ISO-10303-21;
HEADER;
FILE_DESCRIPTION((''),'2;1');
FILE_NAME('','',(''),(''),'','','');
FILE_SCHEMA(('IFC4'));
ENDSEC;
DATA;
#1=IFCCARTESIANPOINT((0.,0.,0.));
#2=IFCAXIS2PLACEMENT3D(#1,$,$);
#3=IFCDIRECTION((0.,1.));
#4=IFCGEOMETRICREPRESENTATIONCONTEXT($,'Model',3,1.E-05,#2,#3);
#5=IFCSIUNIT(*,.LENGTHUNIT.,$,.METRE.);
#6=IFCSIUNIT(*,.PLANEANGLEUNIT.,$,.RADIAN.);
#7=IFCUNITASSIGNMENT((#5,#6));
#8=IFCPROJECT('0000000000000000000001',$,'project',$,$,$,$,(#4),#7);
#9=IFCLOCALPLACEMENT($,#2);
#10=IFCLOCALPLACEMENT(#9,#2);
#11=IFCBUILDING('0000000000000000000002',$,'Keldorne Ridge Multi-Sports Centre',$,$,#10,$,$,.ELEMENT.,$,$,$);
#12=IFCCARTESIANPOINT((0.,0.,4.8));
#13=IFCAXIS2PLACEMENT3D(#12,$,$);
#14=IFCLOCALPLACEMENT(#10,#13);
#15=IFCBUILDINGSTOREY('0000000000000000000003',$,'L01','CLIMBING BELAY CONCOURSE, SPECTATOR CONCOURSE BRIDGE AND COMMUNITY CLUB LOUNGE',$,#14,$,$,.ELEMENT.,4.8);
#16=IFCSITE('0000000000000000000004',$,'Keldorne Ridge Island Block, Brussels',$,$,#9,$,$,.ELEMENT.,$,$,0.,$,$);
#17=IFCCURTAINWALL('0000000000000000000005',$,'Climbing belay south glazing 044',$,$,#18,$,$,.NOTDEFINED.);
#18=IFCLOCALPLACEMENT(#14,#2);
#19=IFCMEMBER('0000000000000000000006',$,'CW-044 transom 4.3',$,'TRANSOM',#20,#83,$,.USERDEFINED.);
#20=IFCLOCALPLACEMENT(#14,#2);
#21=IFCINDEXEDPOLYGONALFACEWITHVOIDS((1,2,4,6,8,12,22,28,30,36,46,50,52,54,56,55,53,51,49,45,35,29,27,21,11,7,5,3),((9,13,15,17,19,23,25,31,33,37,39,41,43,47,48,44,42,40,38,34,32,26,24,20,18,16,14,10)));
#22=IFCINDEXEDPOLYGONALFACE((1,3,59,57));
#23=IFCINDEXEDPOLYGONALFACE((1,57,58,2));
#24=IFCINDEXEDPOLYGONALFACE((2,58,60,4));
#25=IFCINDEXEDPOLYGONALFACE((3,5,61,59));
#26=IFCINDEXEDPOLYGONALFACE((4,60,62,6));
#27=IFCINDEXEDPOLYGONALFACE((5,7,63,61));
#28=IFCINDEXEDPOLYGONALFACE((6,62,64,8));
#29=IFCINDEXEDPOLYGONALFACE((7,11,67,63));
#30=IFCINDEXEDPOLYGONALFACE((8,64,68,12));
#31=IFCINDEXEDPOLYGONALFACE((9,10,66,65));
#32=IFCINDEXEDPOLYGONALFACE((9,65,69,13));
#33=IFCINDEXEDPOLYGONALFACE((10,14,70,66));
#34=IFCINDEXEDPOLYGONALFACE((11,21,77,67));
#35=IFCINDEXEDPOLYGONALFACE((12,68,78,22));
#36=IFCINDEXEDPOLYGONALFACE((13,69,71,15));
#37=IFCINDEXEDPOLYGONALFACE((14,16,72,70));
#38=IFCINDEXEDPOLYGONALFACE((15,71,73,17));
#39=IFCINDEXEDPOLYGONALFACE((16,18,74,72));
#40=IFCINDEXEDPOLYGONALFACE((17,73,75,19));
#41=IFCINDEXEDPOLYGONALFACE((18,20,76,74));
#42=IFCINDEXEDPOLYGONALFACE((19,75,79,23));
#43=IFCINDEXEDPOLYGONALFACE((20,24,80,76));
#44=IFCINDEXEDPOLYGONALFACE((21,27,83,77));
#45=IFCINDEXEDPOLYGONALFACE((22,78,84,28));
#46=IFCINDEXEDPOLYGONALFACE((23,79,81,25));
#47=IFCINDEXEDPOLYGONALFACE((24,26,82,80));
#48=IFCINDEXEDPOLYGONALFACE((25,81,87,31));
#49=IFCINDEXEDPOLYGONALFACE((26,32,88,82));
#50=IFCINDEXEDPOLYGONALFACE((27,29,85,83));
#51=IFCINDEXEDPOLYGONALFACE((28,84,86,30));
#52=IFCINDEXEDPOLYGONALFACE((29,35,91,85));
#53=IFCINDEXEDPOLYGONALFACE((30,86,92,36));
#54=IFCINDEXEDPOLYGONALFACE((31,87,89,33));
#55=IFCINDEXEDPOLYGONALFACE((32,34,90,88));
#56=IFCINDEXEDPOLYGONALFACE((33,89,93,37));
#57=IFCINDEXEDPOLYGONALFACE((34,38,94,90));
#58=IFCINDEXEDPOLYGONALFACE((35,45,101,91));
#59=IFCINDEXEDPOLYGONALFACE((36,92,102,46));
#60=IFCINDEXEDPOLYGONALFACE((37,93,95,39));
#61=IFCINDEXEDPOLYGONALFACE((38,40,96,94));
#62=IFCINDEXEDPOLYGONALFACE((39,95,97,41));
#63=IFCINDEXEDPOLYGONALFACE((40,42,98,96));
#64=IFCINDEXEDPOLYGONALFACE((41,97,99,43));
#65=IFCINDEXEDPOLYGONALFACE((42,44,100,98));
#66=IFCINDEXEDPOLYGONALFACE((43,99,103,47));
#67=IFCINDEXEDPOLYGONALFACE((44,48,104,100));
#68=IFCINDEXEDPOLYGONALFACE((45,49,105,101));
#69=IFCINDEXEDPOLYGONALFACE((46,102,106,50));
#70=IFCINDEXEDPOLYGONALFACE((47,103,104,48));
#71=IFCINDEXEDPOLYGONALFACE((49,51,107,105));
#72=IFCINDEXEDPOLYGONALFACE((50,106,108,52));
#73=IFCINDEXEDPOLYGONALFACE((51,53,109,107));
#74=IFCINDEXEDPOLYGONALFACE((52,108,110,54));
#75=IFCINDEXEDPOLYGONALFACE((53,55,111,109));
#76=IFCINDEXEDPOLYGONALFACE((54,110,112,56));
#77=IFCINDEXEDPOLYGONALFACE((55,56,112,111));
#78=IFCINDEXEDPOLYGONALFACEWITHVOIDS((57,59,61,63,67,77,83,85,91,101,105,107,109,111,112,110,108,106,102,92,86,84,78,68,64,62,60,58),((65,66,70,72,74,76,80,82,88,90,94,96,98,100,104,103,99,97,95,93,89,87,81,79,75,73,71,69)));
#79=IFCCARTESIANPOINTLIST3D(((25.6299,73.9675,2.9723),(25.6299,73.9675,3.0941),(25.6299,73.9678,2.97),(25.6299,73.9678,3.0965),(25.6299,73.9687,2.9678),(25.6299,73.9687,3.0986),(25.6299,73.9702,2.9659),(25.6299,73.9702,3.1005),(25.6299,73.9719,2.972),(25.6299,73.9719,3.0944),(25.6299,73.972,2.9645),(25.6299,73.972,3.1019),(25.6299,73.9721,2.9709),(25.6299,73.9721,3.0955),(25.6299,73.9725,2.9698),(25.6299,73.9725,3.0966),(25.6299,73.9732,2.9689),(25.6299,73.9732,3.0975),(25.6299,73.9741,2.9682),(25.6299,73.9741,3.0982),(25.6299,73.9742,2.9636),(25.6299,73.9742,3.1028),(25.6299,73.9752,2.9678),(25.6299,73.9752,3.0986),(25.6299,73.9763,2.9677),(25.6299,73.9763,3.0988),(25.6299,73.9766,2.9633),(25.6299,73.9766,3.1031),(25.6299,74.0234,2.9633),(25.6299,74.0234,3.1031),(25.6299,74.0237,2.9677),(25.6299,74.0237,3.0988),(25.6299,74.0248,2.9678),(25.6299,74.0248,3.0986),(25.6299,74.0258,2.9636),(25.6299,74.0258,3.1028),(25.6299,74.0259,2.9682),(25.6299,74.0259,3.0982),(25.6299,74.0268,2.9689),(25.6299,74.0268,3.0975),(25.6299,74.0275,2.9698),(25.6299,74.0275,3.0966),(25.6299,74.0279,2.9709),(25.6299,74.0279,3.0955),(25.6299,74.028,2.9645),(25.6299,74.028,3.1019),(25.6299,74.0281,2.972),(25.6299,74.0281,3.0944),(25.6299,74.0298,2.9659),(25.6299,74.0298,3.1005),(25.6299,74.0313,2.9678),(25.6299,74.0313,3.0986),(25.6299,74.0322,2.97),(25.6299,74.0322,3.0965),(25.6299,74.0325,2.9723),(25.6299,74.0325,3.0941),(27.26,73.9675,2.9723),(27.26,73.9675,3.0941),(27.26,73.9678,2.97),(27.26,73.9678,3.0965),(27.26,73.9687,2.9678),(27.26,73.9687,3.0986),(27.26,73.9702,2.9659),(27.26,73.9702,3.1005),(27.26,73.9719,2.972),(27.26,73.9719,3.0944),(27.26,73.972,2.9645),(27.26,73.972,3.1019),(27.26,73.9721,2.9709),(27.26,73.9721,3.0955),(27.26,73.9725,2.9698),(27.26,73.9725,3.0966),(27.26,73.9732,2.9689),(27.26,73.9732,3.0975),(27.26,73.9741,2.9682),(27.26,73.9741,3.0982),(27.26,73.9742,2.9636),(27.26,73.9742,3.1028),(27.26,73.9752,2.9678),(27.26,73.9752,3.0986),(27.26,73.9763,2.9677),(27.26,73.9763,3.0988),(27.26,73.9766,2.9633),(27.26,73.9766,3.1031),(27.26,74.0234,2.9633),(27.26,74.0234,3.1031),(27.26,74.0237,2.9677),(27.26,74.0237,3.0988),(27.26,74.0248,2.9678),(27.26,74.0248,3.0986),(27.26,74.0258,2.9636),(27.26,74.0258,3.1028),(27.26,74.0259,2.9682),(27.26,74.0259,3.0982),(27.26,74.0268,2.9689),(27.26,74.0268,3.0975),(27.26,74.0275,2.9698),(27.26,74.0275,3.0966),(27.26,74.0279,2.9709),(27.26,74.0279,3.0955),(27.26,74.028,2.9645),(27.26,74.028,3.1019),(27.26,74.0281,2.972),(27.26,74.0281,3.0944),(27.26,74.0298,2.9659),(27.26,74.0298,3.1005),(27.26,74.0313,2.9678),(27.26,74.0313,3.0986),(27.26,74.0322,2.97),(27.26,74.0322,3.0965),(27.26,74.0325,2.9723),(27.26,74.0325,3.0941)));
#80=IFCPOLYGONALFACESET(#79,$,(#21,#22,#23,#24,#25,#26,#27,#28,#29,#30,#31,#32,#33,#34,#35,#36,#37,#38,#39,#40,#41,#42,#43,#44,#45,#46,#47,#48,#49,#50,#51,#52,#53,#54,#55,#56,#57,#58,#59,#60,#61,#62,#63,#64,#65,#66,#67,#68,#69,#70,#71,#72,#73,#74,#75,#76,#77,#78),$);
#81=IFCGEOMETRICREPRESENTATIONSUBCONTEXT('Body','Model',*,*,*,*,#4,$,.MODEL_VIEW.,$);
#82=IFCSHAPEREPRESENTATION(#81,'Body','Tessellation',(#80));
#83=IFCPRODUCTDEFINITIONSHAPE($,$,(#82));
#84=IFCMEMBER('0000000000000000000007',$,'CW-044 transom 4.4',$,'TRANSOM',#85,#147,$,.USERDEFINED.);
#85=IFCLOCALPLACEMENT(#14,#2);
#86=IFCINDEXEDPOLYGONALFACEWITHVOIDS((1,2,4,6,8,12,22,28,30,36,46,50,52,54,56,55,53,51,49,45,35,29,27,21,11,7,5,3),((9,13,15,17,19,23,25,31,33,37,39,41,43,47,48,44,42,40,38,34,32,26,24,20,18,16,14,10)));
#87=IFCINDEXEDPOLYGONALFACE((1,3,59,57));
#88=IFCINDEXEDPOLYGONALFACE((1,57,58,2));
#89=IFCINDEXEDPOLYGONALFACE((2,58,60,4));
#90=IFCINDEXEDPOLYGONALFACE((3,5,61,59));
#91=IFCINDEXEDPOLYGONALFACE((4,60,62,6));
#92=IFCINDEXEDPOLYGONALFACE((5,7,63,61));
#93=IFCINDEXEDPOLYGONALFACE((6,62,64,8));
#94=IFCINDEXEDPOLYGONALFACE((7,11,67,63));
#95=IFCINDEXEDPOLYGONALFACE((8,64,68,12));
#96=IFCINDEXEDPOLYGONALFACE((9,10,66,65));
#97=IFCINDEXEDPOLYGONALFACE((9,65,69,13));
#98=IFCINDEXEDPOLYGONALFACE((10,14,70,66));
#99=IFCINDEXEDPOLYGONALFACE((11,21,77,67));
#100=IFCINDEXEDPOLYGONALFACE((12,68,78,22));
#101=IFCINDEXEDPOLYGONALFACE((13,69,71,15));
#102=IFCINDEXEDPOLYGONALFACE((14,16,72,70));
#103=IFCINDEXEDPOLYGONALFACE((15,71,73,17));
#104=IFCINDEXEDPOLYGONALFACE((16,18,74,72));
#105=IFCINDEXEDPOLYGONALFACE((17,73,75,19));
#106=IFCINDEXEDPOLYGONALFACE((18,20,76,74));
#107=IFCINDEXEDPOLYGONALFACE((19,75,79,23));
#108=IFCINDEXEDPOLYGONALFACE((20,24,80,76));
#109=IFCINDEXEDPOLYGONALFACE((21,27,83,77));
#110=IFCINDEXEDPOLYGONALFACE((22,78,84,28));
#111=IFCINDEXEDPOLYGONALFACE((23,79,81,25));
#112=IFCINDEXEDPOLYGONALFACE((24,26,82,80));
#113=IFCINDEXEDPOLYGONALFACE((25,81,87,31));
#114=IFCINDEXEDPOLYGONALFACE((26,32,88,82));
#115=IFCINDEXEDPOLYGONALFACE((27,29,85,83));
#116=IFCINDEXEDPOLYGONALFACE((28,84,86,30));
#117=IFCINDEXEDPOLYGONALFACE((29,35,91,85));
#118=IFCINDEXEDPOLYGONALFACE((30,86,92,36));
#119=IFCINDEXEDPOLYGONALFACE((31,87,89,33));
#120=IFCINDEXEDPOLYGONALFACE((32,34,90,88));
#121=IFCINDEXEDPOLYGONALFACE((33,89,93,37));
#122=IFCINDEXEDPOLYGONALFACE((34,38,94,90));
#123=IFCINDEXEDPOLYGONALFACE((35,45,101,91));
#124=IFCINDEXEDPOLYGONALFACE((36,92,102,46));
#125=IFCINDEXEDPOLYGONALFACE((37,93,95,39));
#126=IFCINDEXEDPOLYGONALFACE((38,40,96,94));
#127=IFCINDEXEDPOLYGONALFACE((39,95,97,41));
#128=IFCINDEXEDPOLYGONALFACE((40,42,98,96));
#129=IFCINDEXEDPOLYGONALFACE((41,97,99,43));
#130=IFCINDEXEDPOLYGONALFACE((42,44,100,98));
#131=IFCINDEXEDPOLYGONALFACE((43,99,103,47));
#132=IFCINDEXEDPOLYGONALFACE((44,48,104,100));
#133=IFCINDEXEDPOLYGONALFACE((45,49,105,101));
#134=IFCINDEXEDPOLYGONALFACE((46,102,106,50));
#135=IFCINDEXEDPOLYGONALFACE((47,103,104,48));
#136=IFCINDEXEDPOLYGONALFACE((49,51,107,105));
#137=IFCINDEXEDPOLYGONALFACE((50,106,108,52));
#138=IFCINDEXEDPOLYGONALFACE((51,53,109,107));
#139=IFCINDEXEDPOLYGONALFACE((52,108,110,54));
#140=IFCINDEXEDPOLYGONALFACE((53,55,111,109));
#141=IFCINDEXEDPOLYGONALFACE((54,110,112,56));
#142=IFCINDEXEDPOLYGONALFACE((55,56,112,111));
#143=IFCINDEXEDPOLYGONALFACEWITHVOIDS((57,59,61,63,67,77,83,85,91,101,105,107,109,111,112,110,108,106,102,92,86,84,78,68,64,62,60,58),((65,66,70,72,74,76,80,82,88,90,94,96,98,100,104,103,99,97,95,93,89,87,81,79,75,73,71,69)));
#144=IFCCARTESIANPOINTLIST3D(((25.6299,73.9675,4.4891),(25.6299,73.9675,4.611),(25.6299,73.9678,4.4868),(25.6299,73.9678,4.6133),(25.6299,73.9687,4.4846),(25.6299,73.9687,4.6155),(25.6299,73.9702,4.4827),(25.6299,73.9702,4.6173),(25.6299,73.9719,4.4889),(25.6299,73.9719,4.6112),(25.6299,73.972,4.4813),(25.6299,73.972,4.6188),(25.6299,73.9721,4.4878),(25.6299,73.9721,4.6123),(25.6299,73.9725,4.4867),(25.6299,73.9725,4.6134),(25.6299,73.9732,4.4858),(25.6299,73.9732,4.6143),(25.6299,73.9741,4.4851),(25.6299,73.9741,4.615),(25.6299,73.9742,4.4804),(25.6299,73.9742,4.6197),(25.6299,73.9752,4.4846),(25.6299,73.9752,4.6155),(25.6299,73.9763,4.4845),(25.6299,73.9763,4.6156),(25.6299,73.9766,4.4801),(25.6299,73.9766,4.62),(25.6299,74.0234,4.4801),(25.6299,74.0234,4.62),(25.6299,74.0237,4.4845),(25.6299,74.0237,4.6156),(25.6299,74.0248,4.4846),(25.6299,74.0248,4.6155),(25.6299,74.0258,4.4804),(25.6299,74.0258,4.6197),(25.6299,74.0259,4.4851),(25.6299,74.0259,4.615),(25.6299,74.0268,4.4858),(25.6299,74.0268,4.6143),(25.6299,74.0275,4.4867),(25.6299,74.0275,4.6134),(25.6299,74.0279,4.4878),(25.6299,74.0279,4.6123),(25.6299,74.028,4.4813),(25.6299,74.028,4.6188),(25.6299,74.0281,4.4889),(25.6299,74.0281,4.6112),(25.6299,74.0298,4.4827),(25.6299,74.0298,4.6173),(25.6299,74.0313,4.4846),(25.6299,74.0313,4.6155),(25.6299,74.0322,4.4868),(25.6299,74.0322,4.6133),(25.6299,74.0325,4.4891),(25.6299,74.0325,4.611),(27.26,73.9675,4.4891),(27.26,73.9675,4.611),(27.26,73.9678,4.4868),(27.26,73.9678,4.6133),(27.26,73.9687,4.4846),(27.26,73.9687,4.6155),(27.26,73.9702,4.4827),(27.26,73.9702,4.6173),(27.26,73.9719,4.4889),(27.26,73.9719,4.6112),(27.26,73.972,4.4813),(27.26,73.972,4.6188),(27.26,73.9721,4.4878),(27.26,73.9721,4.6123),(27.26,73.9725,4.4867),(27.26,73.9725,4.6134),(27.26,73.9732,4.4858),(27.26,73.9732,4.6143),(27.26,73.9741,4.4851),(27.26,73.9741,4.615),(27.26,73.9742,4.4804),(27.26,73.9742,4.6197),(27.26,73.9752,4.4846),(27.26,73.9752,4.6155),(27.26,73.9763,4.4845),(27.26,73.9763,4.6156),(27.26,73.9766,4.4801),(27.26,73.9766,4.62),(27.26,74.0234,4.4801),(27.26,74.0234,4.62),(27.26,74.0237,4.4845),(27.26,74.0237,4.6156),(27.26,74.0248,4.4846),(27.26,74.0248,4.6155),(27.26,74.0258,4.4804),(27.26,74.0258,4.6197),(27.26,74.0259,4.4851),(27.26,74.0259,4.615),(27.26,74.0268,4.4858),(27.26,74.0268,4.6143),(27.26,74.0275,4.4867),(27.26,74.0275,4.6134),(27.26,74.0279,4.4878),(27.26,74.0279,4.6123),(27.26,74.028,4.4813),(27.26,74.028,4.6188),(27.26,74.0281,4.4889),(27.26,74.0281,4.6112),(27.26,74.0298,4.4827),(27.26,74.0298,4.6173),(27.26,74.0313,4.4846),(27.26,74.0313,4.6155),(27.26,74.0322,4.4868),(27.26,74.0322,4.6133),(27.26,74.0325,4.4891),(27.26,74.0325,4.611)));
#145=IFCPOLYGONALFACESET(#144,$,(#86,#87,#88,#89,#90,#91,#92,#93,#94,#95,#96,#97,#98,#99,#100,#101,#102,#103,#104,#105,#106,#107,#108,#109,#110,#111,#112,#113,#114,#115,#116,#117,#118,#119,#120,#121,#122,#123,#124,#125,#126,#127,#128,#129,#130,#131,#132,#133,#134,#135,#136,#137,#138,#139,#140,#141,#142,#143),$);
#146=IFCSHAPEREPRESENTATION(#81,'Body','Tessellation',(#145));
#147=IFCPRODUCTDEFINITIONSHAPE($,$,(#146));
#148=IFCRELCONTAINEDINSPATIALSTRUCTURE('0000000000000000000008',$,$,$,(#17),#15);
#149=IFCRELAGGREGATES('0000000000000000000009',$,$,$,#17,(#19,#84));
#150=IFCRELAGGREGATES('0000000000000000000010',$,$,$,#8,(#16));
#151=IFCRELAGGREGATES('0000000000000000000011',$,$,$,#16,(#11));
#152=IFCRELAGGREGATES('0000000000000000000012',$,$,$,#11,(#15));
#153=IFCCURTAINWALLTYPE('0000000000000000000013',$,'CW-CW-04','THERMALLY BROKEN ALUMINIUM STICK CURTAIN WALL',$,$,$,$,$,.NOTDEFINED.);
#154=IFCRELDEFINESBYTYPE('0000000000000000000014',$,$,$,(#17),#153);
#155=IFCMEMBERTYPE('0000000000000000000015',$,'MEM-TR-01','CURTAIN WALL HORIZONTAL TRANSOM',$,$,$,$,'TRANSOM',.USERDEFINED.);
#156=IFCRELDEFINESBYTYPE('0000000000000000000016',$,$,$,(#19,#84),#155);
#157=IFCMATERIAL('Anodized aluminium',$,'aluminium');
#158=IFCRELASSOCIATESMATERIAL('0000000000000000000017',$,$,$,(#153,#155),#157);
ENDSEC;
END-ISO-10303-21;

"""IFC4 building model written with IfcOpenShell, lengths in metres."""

from ifc_helpers import new_model, si_unit, direction, frame, origin, origin_2d, place, context, subcontext, project, spatial, hollow_rectangle, extrude, material, material_profile, profile_set, type_object, element, aggregate, save


model = new_model("IFC4")

# Units and contexts
model_context = context("Model", 3, precision=1e-05, world=origin(), true_north=direction((0.0, 1.0)))
body_context = subcontext(model_context, "Body", "Model", "MODEL_VIEW")
ifc_project = project(units=[si_unit("LENGTHUNIT", "METRE"), si_unit("PLANEANGLEUNIT", "RADIAN")], contexts=[model_context])

# Site, building, storey
site_placement = place(None, origin())
site = spatial("IfcSite", under=ifc_project, at=site_placement, Name="Keldorne Ridge Island Block, Brussels", CompositionType="ELEMENT", RefElevation=0.0)
building_placement = place(site_placement, origin())
building = spatial("IfcBuilding", under=site, at=building_placement, Name="Keldorne Ridge Multi-Sports Centre", CompositionType="ELEMENT")
storey_placement = place(building_placement, frame((0.0, 0.0, 4.8)))
storey = spatial("IfcBuildingStorey", under=building, at=storey_placement, Name="L01", Description="CLIMBING BELAY CONCOURSE, SPECTATOR CONCOURSE BRIDGE AND COMMUNITY CLUB LOUNGE", CompositionType="ELEMENT", Elevation=4.8)

# Curtain wall
ifc_material_1 = material(Name="Anodized aluminium", Category="aluminium")
curtain_wall_type_1 = type_object("IfcCurtainWallType", Name="CW-CW-04", Description="THERMALLY BROKEN ALUMINIUM STICK CURTAIN WALL", PredefinedType="NOTDEFINED", material=ifc_material_1)
curtain_wall_1_placement = place(storey_placement, origin())
curtain_wall_1 = element("IfcCurtainWall", 1, at=curtain_wall_1_placement, inside=storey, type_object=curtain_wall_type_1, Name="Climbing belay south glazing 044", PredefinedType="NOTDEFINED")

# Members
ifc_material_profile_1 = material_profile(ifc_material_1, hollow_rectangle(XDim=0.0649, YDim=0.1399, WallThickness=0.0044, InnerFilletRadius=0.0044, OuterFilletRadius=0.009, at=origin_2d()), Name="ALU TRANSOM 140x65x4.5")
ifc_profile_set_1 = profile_set([ifc_material_profile_1], Name="Anodized aluminium")
member_type_1 = type_object("IfcMemberType", Name="MEM-TR-01", Description="CURTAIN WALL HORIZONTAL TRANSOM", ElementType="TRANSOM", PredefinedType="USERDEFINED", material=ifc_profile_set_1)
member_1_placement = place(storey_placement, frame((25.6299, 74.0, 3.0332), z_axis=(1.0, 0.0, 0.0), x_axis=(0.0, 1.0, 0.0)))
member_1 = element("IfcMember", 2, at=member_1_placement, type_object=member_type_1, Name="CW-044 transom 4.3", ObjectType="TRANSOM", PredefinedType="USERDEFINED", context=body_context, shape_type="SweptSolid", body=[
    extrude(hollow_rectangle(XDim=0.0649, YDim=0.1399, WallThickness=0.0044, InnerFilletRadius=0.0044, OuterFilletRadius=0.009, at=origin_2d()), origin(), (0.0, 0.0, 1.0), 1.6301),
])
member_2_placement = place(storey_placement, frame((25.6299, 74.0, 4.55), z_axis=(1.0, 0.0, 0.0), x_axis=(0.0, 1.0, 0.0)))
member_2 = element("IfcMember", 3, at=member_2_placement, type_object=member_type_1, Name="CW-044 transom 4.4", ObjectType="TRANSOM", PredefinedType="USERDEFINED", context=body_context, shape_type="SweptSolid", body=[
    extrude(hollow_rectangle(XDim=0.0649, YDim=0.1399, WallThickness=0.0044, InnerFilletRadius=0.0044, OuterFilletRadius=0.009, at=origin_2d()), origin(), (0.0, 0.0, 1.0), 1.6301),
])

aggregate(curtain_wall_1, [member_1, member_2])

save(model, "model.ifc")
